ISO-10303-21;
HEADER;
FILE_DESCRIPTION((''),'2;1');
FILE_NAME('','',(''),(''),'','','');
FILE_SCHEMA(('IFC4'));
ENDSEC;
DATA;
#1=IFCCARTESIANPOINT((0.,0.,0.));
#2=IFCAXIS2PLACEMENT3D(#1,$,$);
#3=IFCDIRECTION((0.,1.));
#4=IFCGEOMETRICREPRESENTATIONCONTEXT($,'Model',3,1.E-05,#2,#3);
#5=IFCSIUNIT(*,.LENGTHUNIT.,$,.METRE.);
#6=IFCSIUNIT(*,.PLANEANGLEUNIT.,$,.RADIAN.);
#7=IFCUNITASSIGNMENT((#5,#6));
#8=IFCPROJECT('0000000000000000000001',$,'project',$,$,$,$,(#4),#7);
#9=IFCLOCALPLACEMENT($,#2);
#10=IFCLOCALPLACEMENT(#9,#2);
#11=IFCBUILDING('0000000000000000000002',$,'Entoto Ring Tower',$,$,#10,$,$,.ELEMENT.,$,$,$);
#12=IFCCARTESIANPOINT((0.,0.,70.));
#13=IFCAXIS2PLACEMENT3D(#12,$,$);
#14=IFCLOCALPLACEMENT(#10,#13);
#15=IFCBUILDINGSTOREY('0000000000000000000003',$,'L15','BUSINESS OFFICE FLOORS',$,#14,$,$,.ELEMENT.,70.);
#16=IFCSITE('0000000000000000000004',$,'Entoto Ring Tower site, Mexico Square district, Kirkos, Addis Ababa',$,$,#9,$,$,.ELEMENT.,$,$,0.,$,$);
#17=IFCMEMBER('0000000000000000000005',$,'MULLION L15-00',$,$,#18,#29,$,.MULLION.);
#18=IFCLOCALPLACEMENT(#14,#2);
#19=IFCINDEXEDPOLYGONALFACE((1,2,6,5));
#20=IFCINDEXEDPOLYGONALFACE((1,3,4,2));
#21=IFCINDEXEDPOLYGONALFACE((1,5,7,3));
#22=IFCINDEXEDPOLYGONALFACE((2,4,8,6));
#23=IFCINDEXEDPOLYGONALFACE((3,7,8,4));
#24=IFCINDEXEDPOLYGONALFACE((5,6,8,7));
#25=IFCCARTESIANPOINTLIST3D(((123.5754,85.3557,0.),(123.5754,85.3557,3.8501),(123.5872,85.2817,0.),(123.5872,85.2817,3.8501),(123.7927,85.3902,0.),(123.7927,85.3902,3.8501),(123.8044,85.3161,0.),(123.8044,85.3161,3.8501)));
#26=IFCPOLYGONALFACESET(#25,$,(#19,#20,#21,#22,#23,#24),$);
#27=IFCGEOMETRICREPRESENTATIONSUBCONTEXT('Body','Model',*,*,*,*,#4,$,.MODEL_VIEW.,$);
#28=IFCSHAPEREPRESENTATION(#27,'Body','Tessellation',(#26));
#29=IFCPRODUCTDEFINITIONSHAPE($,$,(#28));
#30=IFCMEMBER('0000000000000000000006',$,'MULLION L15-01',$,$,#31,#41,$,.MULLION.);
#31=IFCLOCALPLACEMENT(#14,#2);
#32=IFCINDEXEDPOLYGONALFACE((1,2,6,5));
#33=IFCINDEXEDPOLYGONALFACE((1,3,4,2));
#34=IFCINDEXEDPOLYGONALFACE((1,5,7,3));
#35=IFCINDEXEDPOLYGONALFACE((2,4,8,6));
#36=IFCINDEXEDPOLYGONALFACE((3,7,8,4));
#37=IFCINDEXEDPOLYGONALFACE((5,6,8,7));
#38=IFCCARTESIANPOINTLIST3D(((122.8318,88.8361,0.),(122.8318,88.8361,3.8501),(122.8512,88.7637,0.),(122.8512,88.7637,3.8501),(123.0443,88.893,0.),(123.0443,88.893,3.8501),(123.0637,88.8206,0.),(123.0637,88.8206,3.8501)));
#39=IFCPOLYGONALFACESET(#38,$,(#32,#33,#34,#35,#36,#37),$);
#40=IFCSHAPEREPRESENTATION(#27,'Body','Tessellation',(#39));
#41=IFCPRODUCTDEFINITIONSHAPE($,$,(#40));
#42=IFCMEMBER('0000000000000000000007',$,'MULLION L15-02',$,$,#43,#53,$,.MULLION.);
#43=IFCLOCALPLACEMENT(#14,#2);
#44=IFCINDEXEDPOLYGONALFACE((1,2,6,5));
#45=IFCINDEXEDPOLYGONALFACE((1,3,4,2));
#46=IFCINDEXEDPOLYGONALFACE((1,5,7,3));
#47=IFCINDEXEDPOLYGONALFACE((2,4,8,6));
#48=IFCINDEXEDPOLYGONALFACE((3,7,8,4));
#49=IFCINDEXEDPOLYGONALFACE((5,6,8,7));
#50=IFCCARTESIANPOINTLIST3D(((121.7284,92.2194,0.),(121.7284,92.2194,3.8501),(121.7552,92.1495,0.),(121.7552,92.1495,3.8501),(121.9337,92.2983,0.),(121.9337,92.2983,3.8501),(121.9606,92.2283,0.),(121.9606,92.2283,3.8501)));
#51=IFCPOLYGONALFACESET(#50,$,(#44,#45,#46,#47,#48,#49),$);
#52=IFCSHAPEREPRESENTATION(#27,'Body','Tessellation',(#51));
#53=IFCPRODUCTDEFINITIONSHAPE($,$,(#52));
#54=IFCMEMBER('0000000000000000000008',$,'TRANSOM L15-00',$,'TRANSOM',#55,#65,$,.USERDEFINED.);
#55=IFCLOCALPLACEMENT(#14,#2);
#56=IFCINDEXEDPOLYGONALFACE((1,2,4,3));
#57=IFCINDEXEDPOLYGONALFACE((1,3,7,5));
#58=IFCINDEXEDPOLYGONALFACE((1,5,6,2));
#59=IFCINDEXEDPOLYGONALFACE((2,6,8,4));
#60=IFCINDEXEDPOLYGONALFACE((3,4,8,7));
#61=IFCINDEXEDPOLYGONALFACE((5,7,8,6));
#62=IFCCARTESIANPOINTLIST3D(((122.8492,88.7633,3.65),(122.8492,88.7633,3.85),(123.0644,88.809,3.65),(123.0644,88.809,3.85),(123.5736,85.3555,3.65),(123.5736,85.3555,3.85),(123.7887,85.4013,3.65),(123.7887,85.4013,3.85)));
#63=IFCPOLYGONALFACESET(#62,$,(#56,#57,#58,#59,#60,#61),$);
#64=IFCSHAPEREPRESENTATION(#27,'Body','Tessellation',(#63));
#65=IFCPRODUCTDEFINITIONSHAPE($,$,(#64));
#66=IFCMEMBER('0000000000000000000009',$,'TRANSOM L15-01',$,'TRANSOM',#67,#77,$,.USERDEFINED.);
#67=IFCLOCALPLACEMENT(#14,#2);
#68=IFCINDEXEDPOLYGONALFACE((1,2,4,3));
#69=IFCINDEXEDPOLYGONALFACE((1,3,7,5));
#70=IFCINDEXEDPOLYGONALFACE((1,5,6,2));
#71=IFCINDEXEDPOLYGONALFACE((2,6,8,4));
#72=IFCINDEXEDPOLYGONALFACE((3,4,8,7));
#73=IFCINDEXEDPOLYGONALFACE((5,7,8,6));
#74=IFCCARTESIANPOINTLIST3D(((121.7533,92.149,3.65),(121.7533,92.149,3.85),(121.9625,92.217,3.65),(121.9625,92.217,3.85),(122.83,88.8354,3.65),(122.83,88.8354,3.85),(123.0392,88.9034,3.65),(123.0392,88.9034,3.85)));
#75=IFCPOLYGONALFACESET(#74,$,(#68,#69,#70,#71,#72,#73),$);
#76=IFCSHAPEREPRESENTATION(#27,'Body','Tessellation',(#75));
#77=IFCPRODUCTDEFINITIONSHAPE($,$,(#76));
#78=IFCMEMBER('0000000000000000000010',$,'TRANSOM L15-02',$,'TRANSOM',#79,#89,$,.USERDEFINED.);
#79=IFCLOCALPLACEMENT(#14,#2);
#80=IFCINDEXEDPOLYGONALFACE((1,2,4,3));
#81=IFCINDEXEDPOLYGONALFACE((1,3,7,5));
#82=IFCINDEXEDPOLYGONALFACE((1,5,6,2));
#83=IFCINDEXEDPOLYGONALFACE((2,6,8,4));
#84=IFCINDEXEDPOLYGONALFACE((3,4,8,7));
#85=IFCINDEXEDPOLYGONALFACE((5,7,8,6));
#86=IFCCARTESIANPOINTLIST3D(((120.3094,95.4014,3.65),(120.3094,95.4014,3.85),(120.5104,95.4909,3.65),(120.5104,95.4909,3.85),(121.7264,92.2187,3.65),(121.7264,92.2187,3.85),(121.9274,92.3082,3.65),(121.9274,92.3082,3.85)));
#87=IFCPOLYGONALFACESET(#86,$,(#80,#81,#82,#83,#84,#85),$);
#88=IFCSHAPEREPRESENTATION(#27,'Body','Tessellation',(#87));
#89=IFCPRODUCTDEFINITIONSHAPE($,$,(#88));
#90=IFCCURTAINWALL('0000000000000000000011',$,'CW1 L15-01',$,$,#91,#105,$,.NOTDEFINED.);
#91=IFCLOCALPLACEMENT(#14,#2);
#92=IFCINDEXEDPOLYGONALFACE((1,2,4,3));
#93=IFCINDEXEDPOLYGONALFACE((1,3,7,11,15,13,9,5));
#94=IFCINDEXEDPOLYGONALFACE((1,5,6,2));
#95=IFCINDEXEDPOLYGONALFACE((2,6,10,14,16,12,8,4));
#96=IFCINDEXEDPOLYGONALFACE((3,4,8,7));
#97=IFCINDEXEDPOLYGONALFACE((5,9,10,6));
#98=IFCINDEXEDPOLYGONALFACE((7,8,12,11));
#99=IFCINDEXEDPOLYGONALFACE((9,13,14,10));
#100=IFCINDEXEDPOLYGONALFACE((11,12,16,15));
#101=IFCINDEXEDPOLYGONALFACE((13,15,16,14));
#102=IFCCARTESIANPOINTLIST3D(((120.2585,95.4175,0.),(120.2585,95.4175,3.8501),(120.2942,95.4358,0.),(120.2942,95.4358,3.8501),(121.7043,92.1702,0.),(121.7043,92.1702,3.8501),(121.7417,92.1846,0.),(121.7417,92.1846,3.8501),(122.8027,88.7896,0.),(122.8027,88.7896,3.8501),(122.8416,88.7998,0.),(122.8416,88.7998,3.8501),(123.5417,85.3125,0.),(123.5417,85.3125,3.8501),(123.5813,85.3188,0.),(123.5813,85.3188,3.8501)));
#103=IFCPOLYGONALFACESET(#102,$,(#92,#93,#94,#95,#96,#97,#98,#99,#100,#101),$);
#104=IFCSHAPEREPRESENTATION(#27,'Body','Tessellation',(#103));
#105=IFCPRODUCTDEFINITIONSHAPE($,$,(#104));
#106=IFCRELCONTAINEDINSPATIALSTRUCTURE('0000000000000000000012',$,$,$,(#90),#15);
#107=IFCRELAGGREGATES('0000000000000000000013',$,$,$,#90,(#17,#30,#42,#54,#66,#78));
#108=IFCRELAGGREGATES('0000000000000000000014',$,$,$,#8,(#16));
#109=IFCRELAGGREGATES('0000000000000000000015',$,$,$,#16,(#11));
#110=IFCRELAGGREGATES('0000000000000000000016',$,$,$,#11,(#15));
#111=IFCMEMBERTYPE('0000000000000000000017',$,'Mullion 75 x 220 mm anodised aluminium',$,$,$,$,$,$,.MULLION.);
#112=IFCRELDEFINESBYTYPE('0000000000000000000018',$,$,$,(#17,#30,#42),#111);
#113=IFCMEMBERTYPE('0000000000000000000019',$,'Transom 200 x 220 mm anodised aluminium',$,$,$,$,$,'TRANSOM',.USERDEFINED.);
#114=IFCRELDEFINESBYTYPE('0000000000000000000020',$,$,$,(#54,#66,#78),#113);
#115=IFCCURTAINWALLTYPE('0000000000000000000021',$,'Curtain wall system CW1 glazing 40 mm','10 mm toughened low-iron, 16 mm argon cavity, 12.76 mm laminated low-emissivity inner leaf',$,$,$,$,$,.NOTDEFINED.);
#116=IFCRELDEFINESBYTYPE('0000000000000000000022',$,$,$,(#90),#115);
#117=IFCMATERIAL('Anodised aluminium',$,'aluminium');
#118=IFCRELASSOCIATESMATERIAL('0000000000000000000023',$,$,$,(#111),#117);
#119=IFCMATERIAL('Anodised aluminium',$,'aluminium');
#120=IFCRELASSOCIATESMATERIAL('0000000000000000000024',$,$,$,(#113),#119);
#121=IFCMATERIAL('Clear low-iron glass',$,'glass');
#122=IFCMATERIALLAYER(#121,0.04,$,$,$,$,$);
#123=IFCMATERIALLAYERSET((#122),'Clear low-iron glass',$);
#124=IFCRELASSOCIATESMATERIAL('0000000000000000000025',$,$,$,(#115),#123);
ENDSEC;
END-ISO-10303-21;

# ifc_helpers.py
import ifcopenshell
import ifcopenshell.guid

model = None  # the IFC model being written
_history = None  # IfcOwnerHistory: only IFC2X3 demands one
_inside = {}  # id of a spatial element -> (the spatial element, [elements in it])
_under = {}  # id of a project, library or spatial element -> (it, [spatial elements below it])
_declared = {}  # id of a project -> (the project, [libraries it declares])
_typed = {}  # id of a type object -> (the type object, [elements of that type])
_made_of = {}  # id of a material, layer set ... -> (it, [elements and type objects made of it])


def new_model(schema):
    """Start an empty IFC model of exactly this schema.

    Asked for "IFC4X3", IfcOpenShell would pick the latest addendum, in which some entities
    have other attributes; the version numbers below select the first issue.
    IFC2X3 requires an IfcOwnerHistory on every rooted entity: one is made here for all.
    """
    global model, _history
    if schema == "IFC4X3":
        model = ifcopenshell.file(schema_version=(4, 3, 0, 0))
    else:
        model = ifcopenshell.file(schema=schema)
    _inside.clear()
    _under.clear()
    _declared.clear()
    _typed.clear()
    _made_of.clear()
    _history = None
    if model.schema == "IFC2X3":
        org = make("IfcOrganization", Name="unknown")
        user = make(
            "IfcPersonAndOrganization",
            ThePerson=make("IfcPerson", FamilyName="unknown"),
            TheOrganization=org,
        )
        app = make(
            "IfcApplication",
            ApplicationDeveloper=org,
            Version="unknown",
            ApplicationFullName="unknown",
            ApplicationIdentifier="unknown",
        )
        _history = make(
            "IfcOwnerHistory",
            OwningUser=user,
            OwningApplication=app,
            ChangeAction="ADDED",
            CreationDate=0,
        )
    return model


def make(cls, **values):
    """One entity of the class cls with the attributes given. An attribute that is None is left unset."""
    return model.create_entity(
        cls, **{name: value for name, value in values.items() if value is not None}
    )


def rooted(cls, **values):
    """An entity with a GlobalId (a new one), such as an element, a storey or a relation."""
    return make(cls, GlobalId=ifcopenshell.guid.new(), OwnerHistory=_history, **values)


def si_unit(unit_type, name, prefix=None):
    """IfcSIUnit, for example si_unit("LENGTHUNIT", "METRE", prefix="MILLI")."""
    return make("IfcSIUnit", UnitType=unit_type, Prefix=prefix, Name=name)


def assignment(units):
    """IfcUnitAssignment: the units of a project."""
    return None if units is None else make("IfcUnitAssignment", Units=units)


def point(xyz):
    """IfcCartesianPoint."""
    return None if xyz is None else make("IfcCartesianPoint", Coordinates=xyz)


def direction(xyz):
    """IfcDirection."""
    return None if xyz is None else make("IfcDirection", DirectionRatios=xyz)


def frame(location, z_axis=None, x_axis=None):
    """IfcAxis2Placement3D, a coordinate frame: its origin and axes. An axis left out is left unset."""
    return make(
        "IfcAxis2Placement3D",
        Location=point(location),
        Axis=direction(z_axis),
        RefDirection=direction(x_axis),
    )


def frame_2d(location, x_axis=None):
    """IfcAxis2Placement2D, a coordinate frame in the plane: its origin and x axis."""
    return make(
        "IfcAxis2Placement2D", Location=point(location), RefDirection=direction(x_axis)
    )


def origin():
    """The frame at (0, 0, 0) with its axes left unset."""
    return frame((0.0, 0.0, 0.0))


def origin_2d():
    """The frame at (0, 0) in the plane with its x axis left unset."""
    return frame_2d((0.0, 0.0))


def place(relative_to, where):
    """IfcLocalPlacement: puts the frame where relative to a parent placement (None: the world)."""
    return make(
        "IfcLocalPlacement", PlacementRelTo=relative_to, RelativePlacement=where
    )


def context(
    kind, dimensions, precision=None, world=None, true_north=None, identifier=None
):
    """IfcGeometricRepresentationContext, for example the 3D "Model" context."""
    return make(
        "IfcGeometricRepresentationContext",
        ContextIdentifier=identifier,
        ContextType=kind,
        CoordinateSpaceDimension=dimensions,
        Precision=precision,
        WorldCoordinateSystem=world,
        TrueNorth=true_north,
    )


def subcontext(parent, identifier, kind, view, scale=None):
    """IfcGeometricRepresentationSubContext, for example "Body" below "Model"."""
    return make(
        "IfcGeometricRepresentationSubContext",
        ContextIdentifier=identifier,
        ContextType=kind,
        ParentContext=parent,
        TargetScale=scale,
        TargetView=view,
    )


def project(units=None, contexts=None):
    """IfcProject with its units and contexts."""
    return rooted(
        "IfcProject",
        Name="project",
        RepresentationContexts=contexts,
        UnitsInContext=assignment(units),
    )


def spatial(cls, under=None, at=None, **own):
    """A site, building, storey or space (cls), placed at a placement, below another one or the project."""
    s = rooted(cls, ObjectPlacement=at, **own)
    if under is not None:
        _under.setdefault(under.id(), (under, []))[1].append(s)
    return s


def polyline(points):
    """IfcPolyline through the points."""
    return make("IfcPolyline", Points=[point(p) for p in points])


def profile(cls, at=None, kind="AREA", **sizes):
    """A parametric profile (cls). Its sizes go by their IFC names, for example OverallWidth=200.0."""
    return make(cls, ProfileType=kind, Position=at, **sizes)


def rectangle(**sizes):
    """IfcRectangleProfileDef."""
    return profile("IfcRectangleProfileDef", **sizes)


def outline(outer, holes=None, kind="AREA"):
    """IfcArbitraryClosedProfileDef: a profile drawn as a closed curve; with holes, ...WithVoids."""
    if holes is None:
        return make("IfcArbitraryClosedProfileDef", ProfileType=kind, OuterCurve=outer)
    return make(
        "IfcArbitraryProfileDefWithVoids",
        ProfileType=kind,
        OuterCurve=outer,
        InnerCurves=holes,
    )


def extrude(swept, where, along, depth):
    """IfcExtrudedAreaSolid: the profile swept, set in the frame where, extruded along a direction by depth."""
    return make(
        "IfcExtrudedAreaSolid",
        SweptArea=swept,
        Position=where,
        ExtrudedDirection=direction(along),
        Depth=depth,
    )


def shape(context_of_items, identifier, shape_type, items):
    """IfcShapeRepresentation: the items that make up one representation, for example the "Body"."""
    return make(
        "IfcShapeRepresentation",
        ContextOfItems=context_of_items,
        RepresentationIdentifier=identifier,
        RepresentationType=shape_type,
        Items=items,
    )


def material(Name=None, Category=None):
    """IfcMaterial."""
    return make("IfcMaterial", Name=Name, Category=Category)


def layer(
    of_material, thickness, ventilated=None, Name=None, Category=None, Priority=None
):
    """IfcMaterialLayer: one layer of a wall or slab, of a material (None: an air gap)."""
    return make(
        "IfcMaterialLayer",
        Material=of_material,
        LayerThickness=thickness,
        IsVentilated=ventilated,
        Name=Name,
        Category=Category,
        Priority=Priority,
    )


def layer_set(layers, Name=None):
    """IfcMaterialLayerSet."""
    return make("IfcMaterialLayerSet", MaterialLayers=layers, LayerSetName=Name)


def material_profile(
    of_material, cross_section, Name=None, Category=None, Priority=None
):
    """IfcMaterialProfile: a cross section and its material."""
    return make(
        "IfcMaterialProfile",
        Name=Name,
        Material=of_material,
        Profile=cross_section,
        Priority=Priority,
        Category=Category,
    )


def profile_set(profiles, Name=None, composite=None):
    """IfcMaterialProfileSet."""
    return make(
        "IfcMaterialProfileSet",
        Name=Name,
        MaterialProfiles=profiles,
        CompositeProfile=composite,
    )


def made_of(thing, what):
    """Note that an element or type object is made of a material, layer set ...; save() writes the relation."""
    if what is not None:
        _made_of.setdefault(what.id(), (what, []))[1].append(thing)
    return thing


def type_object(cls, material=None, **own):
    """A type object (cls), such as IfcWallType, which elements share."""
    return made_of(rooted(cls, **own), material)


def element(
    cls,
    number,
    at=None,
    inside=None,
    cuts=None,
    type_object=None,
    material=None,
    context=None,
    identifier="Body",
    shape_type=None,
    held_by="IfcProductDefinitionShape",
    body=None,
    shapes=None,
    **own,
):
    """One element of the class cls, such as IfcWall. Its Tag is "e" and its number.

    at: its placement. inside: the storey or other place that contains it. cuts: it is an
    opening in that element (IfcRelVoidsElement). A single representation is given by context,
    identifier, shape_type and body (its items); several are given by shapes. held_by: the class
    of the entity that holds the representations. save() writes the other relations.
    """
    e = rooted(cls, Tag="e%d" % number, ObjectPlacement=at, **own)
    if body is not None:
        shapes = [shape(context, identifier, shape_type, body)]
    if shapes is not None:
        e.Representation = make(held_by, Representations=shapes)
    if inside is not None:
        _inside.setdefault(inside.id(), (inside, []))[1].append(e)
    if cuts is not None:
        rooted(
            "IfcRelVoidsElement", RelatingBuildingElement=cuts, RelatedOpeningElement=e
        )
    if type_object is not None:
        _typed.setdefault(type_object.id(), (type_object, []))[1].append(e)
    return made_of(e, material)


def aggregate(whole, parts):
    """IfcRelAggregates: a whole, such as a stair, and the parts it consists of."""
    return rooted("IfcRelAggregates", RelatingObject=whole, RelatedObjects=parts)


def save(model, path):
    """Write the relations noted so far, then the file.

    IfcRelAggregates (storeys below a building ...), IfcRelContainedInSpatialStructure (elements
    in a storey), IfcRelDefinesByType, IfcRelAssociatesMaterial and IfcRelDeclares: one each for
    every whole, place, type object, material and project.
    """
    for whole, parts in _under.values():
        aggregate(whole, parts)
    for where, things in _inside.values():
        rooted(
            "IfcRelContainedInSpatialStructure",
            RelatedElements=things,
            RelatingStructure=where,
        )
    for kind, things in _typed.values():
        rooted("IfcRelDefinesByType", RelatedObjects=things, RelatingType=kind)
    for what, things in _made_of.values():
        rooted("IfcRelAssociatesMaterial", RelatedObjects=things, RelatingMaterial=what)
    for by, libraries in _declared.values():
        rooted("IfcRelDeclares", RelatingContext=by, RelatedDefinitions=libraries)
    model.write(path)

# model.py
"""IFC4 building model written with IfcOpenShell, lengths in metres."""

from ifc_helpers import new_model, si_unit, direction, frame, origin, origin_2d, place, context, subcontext, project, spatial, polyline, rectangle, outline, extrude, material, layer, layer_set, material_profile, profile_set, type_object, element, aggregate, save


model = new_model("IFC4")

# Units and contexts
model_context = context("Model", 3, precision=1e-05, world=origin(), true_north=direction((0.0, 1.0)))
body_context = subcontext(model_context, "Body", "Model", "MODEL_VIEW")
ifc_project = project(units=[si_unit("LENGTHUNIT", "METRE"), si_unit("PLANEANGLEUNIT", "RADIAN")], contexts=[model_context])

# Members
ifc_material_1 = material(Name="Anodised aluminium", Category="aluminium")
ifc_material_profile_1 = material_profile(ifc_material_1, rectangle(XDim=0.075, YDim=0.22, at=origin_2d()), Name="Mullion 75 x 220 mm anodised aluminium")
ifc_profile_set_1 = profile_set([ifc_material_profile_1], Name="Anodised aluminium")
member_type_1 = type_object("IfcMemberType", Name="Mullion 75 x 220 mm anodised aluminium", PredefinedType="MULLION", material=ifc_profile_set_1)
site_placement = place(None, origin())
building_placement = place(site_placement, origin())
storey_placement = place(building_placement, frame((0.0, 0.0, 70.0)))
member_1_placement = place(storey_placement, frame((123.6899, 85.3359, 0.0), z_axis=(0.0, 0.0, 1.0), x_axis=(-0.156434, 0.987688, 0.0)))
member_1 = element("IfcMember", 1, at=member_1_placement, type_object=member_type_1, Name="MULLION L15-00", PredefinedType="MULLION", context=body_context, shape_type="SweptSolid", body=[
    extrude(rectangle(XDim=0.075, YDim=0.22, at=origin_2d()), origin(), (0.0, 0.0, 1.0), 3.8501),
])
member_2_placement = place(storey_placement, frame((122.9478, 88.8284, 0.0), z_axis=(0.0, 0.0, 1.0), x_axis=(-0.258819, 0.965926, 0.0)))
member_2 = element("IfcMember", 2, at=member_2_placement, type_object=member_type_1, Name="MULLION L15-01", PredefinedType="MULLION", context=body_context, shape_type="SweptSolid", body=[
    extrude(rectangle(XDim=0.075, YDim=0.22, at=origin_2d()), origin(), (0.0, 0.0, 1.0), 3.8501),
])
member_3_placement = place(storey_placement, frame((121.8445, 92.2239, 0.0), z_axis=(0.0, 0.0, 1.0), x_axis=(-0.358368, 0.93358, 0.0)))
member_3 = element("IfcMember", 3, at=member_3_placement, type_object=member_type_1, Name="MULLION L15-02", PredefinedType="MULLION", context=body_context, shape_type="SweptSolid", body=[
    extrude(rectangle(XDim=0.075, YDim=0.22, at=origin_2d()), origin(), (0.0, 0.0, 1.0), 3.8501),
])
ifc_material_2 = material(Name="Anodised aluminium", Category="aluminium")
ifc_material_profile_2 = material_profile(ifc_material_2, rectangle(XDim=0.22, YDim=0.2, at=origin_2d()), Name="Transom 200 x 220 mm anodised aluminium")
ifc_profile_set_2 = profile_set([ifc_material_profile_2], Name="Anodised aluminium")
member_type_2 = type_object("IfcMemberType", Name="Transom 200 x 220 mm anodised aluminium", ElementType="TRANSOM", PredefinedType="USERDEFINED", material=ifc_profile_set_2)
member_4_placement = place(storey_placement, frame((123.6812, 85.3784, 3.75), z_axis=(-0.207921, 0.978146, 0.0), x_axis=(-0.978146, -0.207921, 0.0)))
member_4 = element("IfcMember", 4, at=member_4_placement, type_object=member_type_2, Name="TRANSOM L15-00", ObjectType="TRANSOM", PredefinedType="USERDEFINED", context=body_context, shape_type="SweptSolid", body=[
    extrude(rectangle(XDim=0.22, YDim=0.2, at=origin_2d()), origin(), (0.0, 0.0, 1.0), 3.4839),
])
member_5_placement = place(storey_placement, frame((122.9346, 88.8694, 3.75), z_axis=(-0.309029, 0.951053, 0.0), x_axis=(-0.951053, -0.309029, 0.0)))
member_5 = element("IfcMember", 5, at=member_5_placement, type_object=member_type_2, Name="TRANSOM L15-01", ObjectType="TRANSOM", PredefinedType="USERDEFINED", context=body_context, shape_type="SweptSolid", body=[
    extrude(rectangle(XDim=0.22, YDim=0.2, at=origin_2d()), origin(), (0.0, 0.0, 1.0), 3.4841),
])
member_6_placement = place(storey_placement, frame((121.8269, 92.2634, 3.75), z_axis=(-0.406737, 0.913545, 0.0), x_axis=(-0.913545, -0.406737, 0.0)))
member_6 = element("IfcMember", 6, at=member_6_placement, type_object=member_type_2, Name="TRANSOM L15-02", ObjectType="TRANSOM", PredefinedType="USERDEFINED", context=body_context, shape_type="SweptSolid", body=[
    extrude(rectangle(XDim=0.22, YDim=0.2, at=origin_2d()), origin(), (0.0, 0.0, 1.0), 3.4839),
])

# Site, building, storey
site = spatial("IfcSite", under=ifc_project, at=site_placement, Name="Entoto Ring Tower site, Mexico Square district, Kirkos, Addis Ababa", CompositionType="ELEMENT", RefElevation=0.0)
building = spatial("IfcBuilding", under=site, at=building_placement, Name="Entoto Ring Tower", CompositionType="ELEMENT")
storey = spatial("IfcBuildingStorey", under=building, at=storey_placement, Name="L15", Description="BUSINESS OFFICE FLOORS", CompositionType="ELEMENT", Elevation=70.0)

# Curtain wall
ifc_material_3 = material(Name="Clear low-iron glass", Category="glass")
ifc_layer_1 = layer(ifc_material_3, 0.04)
ifc_layer_set_1 = layer_set([ifc_layer_1], Name="Clear low-iron glass")
curtain_wall_type = type_object("IfcCurtainWallType", Name="Curtain wall system CW1 glazing 40 mm", Description="10 mm toughened low-iron, 16 mm argon cavity, 12.76 mm laminated low-emissivity inner leaf", PredefinedType="NOTDEFINED", material=ifc_layer_set_1)
curtain_wall_1_placement = place(storey_placement, origin())
curtain_wall_1 = element("IfcCurtainWall", 7, at=curtain_wall_1_placement, inside=storey, type_object=curtain_wall_type, Name="CW1 L15-01", PredefinedType="NOTDEFINED", context=body_context, shape_type="SweptSolid", body=[
    extrude(outline(polyline([(123.5813, 85.3188), (122.8416, 88.7998), (121.7417, 92.1846), (120.2942, 95.4358), (120.2585, 95.4175), (121.7043, 92.1702), (122.8027, 88.7896), (123.5417, 85.3125), (123.5813, 85.3188)])), origin(), (0.0, 0.0, 1.0), 3.8501),
])
aggregate(curtain_wall_1, [member_1, member_2, member_3, member_4, member_5, member_6])

save(model, "model.ifc")
